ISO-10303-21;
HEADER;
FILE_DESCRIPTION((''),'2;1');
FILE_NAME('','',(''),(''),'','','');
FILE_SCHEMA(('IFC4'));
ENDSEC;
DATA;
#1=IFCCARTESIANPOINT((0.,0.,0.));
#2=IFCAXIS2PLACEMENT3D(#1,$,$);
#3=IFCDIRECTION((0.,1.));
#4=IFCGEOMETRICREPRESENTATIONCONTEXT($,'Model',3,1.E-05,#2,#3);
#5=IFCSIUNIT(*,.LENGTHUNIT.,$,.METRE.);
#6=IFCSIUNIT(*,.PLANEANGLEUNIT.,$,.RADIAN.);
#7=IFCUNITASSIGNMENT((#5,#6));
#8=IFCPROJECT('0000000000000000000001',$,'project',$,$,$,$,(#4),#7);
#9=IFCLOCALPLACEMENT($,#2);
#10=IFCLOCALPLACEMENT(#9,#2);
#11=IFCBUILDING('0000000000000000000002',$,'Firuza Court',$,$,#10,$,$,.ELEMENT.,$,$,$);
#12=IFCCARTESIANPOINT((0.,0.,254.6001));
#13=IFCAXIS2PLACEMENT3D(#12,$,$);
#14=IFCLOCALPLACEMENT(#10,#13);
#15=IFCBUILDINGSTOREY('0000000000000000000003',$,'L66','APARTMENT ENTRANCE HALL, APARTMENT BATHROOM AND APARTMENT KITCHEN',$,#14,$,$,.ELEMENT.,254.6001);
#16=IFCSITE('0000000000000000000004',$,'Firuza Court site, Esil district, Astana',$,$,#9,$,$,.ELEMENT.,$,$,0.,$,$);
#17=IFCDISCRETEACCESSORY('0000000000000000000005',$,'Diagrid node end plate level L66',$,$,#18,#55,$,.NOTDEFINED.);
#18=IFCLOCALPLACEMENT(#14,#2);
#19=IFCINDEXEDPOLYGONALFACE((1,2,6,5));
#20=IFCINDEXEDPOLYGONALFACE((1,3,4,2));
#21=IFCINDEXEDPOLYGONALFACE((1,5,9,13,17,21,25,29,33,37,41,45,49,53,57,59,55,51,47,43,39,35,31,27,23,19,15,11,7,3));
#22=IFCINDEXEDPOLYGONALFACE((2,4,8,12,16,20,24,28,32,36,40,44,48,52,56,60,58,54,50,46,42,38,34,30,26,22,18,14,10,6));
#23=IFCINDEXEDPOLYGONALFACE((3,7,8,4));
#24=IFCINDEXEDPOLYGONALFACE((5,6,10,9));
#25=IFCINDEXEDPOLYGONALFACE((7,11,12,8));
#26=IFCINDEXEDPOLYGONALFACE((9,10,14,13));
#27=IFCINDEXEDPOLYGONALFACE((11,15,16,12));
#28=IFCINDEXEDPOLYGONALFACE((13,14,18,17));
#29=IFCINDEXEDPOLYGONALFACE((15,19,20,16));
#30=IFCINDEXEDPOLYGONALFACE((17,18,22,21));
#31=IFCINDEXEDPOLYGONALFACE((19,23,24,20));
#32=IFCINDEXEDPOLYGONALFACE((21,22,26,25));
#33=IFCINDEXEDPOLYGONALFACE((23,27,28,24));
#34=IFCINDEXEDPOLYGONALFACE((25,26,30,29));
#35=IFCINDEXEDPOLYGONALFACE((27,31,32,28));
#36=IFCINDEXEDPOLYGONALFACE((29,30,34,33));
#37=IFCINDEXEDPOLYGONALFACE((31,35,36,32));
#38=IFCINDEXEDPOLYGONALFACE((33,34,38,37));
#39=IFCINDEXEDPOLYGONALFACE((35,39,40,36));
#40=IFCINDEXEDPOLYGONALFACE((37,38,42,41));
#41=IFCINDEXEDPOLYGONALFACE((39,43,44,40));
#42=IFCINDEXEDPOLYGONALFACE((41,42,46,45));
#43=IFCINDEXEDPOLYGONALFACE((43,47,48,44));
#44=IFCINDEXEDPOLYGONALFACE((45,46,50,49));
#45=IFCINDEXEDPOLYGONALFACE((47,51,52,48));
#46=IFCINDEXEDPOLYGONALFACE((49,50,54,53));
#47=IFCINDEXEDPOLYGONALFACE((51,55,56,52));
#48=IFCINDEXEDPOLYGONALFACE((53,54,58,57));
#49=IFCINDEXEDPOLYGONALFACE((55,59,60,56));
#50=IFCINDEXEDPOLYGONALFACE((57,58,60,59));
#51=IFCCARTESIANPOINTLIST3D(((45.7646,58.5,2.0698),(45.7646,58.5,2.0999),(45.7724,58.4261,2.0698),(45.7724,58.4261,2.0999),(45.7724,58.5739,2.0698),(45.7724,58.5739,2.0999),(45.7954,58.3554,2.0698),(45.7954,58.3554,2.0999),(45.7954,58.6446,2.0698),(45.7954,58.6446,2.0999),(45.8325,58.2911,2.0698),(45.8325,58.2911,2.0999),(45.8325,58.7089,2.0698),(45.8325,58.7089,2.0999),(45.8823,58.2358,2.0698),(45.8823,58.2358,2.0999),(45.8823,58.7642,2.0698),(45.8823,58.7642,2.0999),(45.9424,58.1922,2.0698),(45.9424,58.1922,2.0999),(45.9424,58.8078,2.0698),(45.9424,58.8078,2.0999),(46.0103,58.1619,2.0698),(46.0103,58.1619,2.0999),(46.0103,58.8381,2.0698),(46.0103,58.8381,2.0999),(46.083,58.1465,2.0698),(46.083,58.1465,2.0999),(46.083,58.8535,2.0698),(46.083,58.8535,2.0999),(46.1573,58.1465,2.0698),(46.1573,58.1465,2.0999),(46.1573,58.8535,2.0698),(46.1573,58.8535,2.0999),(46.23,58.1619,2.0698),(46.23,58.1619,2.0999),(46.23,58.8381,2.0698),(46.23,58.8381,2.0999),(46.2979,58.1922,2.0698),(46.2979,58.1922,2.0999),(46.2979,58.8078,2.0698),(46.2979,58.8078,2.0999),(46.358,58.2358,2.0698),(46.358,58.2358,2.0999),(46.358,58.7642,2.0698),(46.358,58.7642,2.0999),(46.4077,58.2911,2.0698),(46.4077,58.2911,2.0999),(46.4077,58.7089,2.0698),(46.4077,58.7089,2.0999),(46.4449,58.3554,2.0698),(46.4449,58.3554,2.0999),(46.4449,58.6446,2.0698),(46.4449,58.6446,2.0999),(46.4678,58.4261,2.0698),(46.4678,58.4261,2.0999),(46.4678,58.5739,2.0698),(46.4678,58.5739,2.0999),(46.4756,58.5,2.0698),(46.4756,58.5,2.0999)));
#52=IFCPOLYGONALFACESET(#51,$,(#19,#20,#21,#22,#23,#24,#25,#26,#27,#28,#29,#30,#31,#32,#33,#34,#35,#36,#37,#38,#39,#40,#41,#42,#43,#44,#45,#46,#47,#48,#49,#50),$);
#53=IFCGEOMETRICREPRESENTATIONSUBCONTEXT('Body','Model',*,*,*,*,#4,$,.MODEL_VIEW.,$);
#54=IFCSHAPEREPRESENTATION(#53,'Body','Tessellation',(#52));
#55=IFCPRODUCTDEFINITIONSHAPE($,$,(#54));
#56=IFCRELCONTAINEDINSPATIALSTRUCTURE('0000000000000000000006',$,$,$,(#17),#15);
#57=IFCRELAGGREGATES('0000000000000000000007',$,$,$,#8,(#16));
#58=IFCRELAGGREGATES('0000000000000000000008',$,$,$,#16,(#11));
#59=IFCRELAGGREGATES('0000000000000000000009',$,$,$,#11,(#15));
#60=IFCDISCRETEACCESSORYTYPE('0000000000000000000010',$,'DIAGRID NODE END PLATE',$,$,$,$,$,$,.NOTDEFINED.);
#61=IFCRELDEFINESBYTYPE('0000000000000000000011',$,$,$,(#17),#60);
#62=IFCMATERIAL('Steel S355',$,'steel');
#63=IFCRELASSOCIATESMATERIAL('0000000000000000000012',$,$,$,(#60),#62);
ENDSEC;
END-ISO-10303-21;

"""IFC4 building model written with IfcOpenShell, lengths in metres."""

from ifc_helpers import new_model, si_unit, direction, frame, origin, origin_2d, place, context, subcontext, project, spatial, circle, extrude, material, material_profile, profile_set, type_object, element, save


model = new_model("IFC4")

# Units and contexts
model_context = context("Model", 3, precision=1e-05, world=origin(), true_north=direction((0.0, 1.0)))
body_context = subcontext(model_context, "Body", "Model", "MODEL_VIEW")
ifc_project = project(units=[si_unit("LENGTHUNIT", "METRE"), si_unit("PLANEANGLEUNIT", "RADIAN")], contexts=[model_context])

# Site, building, storey
site_placement = place(None, origin())
site = spatial("IfcSite", under=ifc_project, at=site_placement, Name="Firuza Court site, Esil district, Astana", CompositionType="ELEMENT", RefElevation=0.0)
building_placement = place(site_placement, origin())
building = spatial("IfcBuilding", under=site, at=building_placement, Name="Firuza Court", CompositionType="ELEMENT")
storey_placement = place(building_placement, frame((0.0, 0.0, 254.6001)))
storey = spatial("IfcBuildingStorey", under=building, at=storey_placement, Name="L66", Description="APARTMENT ENTRANCE HALL, APARTMENT BATHROOM AND APARTMENT KITCHEN", CompositionType="ELEMENT", Elevation=254.6001)

# Discrete accessory
ifc_material_1 = material(Name="Steel S355", Category="steel")
ifc_material_profile_1 = material_profile(ifc_material_1, circle(Radius=0.3555, at=origin_2d()), Name="PL D711")
ifc_profile_set_1 = profile_set([ifc_material_profile_1], Name="Steel S355")
discrete_accessory_type = type_object("IfcDiscreteAccessoryType", Name="DIAGRID NODE END PLATE", PredefinedType="NOTDEFINED", material=ifc_profile_set_1)
for number, where, z_axis, x_axis, name in (
    (1, (46.1201, 58.5, 2.0698), (0.0, 0.0, 1.0), (1.0, 0.0, 0.0), "Diagrid node end plate level L66"),
):
    element("IfcDiscreteAccessory", number, at=place(storey_placement, frame(where, z_axis=z_axis, x_axis=x_axis)), inside=storey, type_object=discrete_accessory_type, Name=name, PredefinedType="NOTDEFINED", context=body_context, shape_type="SweptSolid", body=[
        extrude(circle(Radius=0.3555, at=origin_2d()), origin(), (0.0, 0.0, 1.0), 0.03),
    ])

save(model, "model.ifc")
